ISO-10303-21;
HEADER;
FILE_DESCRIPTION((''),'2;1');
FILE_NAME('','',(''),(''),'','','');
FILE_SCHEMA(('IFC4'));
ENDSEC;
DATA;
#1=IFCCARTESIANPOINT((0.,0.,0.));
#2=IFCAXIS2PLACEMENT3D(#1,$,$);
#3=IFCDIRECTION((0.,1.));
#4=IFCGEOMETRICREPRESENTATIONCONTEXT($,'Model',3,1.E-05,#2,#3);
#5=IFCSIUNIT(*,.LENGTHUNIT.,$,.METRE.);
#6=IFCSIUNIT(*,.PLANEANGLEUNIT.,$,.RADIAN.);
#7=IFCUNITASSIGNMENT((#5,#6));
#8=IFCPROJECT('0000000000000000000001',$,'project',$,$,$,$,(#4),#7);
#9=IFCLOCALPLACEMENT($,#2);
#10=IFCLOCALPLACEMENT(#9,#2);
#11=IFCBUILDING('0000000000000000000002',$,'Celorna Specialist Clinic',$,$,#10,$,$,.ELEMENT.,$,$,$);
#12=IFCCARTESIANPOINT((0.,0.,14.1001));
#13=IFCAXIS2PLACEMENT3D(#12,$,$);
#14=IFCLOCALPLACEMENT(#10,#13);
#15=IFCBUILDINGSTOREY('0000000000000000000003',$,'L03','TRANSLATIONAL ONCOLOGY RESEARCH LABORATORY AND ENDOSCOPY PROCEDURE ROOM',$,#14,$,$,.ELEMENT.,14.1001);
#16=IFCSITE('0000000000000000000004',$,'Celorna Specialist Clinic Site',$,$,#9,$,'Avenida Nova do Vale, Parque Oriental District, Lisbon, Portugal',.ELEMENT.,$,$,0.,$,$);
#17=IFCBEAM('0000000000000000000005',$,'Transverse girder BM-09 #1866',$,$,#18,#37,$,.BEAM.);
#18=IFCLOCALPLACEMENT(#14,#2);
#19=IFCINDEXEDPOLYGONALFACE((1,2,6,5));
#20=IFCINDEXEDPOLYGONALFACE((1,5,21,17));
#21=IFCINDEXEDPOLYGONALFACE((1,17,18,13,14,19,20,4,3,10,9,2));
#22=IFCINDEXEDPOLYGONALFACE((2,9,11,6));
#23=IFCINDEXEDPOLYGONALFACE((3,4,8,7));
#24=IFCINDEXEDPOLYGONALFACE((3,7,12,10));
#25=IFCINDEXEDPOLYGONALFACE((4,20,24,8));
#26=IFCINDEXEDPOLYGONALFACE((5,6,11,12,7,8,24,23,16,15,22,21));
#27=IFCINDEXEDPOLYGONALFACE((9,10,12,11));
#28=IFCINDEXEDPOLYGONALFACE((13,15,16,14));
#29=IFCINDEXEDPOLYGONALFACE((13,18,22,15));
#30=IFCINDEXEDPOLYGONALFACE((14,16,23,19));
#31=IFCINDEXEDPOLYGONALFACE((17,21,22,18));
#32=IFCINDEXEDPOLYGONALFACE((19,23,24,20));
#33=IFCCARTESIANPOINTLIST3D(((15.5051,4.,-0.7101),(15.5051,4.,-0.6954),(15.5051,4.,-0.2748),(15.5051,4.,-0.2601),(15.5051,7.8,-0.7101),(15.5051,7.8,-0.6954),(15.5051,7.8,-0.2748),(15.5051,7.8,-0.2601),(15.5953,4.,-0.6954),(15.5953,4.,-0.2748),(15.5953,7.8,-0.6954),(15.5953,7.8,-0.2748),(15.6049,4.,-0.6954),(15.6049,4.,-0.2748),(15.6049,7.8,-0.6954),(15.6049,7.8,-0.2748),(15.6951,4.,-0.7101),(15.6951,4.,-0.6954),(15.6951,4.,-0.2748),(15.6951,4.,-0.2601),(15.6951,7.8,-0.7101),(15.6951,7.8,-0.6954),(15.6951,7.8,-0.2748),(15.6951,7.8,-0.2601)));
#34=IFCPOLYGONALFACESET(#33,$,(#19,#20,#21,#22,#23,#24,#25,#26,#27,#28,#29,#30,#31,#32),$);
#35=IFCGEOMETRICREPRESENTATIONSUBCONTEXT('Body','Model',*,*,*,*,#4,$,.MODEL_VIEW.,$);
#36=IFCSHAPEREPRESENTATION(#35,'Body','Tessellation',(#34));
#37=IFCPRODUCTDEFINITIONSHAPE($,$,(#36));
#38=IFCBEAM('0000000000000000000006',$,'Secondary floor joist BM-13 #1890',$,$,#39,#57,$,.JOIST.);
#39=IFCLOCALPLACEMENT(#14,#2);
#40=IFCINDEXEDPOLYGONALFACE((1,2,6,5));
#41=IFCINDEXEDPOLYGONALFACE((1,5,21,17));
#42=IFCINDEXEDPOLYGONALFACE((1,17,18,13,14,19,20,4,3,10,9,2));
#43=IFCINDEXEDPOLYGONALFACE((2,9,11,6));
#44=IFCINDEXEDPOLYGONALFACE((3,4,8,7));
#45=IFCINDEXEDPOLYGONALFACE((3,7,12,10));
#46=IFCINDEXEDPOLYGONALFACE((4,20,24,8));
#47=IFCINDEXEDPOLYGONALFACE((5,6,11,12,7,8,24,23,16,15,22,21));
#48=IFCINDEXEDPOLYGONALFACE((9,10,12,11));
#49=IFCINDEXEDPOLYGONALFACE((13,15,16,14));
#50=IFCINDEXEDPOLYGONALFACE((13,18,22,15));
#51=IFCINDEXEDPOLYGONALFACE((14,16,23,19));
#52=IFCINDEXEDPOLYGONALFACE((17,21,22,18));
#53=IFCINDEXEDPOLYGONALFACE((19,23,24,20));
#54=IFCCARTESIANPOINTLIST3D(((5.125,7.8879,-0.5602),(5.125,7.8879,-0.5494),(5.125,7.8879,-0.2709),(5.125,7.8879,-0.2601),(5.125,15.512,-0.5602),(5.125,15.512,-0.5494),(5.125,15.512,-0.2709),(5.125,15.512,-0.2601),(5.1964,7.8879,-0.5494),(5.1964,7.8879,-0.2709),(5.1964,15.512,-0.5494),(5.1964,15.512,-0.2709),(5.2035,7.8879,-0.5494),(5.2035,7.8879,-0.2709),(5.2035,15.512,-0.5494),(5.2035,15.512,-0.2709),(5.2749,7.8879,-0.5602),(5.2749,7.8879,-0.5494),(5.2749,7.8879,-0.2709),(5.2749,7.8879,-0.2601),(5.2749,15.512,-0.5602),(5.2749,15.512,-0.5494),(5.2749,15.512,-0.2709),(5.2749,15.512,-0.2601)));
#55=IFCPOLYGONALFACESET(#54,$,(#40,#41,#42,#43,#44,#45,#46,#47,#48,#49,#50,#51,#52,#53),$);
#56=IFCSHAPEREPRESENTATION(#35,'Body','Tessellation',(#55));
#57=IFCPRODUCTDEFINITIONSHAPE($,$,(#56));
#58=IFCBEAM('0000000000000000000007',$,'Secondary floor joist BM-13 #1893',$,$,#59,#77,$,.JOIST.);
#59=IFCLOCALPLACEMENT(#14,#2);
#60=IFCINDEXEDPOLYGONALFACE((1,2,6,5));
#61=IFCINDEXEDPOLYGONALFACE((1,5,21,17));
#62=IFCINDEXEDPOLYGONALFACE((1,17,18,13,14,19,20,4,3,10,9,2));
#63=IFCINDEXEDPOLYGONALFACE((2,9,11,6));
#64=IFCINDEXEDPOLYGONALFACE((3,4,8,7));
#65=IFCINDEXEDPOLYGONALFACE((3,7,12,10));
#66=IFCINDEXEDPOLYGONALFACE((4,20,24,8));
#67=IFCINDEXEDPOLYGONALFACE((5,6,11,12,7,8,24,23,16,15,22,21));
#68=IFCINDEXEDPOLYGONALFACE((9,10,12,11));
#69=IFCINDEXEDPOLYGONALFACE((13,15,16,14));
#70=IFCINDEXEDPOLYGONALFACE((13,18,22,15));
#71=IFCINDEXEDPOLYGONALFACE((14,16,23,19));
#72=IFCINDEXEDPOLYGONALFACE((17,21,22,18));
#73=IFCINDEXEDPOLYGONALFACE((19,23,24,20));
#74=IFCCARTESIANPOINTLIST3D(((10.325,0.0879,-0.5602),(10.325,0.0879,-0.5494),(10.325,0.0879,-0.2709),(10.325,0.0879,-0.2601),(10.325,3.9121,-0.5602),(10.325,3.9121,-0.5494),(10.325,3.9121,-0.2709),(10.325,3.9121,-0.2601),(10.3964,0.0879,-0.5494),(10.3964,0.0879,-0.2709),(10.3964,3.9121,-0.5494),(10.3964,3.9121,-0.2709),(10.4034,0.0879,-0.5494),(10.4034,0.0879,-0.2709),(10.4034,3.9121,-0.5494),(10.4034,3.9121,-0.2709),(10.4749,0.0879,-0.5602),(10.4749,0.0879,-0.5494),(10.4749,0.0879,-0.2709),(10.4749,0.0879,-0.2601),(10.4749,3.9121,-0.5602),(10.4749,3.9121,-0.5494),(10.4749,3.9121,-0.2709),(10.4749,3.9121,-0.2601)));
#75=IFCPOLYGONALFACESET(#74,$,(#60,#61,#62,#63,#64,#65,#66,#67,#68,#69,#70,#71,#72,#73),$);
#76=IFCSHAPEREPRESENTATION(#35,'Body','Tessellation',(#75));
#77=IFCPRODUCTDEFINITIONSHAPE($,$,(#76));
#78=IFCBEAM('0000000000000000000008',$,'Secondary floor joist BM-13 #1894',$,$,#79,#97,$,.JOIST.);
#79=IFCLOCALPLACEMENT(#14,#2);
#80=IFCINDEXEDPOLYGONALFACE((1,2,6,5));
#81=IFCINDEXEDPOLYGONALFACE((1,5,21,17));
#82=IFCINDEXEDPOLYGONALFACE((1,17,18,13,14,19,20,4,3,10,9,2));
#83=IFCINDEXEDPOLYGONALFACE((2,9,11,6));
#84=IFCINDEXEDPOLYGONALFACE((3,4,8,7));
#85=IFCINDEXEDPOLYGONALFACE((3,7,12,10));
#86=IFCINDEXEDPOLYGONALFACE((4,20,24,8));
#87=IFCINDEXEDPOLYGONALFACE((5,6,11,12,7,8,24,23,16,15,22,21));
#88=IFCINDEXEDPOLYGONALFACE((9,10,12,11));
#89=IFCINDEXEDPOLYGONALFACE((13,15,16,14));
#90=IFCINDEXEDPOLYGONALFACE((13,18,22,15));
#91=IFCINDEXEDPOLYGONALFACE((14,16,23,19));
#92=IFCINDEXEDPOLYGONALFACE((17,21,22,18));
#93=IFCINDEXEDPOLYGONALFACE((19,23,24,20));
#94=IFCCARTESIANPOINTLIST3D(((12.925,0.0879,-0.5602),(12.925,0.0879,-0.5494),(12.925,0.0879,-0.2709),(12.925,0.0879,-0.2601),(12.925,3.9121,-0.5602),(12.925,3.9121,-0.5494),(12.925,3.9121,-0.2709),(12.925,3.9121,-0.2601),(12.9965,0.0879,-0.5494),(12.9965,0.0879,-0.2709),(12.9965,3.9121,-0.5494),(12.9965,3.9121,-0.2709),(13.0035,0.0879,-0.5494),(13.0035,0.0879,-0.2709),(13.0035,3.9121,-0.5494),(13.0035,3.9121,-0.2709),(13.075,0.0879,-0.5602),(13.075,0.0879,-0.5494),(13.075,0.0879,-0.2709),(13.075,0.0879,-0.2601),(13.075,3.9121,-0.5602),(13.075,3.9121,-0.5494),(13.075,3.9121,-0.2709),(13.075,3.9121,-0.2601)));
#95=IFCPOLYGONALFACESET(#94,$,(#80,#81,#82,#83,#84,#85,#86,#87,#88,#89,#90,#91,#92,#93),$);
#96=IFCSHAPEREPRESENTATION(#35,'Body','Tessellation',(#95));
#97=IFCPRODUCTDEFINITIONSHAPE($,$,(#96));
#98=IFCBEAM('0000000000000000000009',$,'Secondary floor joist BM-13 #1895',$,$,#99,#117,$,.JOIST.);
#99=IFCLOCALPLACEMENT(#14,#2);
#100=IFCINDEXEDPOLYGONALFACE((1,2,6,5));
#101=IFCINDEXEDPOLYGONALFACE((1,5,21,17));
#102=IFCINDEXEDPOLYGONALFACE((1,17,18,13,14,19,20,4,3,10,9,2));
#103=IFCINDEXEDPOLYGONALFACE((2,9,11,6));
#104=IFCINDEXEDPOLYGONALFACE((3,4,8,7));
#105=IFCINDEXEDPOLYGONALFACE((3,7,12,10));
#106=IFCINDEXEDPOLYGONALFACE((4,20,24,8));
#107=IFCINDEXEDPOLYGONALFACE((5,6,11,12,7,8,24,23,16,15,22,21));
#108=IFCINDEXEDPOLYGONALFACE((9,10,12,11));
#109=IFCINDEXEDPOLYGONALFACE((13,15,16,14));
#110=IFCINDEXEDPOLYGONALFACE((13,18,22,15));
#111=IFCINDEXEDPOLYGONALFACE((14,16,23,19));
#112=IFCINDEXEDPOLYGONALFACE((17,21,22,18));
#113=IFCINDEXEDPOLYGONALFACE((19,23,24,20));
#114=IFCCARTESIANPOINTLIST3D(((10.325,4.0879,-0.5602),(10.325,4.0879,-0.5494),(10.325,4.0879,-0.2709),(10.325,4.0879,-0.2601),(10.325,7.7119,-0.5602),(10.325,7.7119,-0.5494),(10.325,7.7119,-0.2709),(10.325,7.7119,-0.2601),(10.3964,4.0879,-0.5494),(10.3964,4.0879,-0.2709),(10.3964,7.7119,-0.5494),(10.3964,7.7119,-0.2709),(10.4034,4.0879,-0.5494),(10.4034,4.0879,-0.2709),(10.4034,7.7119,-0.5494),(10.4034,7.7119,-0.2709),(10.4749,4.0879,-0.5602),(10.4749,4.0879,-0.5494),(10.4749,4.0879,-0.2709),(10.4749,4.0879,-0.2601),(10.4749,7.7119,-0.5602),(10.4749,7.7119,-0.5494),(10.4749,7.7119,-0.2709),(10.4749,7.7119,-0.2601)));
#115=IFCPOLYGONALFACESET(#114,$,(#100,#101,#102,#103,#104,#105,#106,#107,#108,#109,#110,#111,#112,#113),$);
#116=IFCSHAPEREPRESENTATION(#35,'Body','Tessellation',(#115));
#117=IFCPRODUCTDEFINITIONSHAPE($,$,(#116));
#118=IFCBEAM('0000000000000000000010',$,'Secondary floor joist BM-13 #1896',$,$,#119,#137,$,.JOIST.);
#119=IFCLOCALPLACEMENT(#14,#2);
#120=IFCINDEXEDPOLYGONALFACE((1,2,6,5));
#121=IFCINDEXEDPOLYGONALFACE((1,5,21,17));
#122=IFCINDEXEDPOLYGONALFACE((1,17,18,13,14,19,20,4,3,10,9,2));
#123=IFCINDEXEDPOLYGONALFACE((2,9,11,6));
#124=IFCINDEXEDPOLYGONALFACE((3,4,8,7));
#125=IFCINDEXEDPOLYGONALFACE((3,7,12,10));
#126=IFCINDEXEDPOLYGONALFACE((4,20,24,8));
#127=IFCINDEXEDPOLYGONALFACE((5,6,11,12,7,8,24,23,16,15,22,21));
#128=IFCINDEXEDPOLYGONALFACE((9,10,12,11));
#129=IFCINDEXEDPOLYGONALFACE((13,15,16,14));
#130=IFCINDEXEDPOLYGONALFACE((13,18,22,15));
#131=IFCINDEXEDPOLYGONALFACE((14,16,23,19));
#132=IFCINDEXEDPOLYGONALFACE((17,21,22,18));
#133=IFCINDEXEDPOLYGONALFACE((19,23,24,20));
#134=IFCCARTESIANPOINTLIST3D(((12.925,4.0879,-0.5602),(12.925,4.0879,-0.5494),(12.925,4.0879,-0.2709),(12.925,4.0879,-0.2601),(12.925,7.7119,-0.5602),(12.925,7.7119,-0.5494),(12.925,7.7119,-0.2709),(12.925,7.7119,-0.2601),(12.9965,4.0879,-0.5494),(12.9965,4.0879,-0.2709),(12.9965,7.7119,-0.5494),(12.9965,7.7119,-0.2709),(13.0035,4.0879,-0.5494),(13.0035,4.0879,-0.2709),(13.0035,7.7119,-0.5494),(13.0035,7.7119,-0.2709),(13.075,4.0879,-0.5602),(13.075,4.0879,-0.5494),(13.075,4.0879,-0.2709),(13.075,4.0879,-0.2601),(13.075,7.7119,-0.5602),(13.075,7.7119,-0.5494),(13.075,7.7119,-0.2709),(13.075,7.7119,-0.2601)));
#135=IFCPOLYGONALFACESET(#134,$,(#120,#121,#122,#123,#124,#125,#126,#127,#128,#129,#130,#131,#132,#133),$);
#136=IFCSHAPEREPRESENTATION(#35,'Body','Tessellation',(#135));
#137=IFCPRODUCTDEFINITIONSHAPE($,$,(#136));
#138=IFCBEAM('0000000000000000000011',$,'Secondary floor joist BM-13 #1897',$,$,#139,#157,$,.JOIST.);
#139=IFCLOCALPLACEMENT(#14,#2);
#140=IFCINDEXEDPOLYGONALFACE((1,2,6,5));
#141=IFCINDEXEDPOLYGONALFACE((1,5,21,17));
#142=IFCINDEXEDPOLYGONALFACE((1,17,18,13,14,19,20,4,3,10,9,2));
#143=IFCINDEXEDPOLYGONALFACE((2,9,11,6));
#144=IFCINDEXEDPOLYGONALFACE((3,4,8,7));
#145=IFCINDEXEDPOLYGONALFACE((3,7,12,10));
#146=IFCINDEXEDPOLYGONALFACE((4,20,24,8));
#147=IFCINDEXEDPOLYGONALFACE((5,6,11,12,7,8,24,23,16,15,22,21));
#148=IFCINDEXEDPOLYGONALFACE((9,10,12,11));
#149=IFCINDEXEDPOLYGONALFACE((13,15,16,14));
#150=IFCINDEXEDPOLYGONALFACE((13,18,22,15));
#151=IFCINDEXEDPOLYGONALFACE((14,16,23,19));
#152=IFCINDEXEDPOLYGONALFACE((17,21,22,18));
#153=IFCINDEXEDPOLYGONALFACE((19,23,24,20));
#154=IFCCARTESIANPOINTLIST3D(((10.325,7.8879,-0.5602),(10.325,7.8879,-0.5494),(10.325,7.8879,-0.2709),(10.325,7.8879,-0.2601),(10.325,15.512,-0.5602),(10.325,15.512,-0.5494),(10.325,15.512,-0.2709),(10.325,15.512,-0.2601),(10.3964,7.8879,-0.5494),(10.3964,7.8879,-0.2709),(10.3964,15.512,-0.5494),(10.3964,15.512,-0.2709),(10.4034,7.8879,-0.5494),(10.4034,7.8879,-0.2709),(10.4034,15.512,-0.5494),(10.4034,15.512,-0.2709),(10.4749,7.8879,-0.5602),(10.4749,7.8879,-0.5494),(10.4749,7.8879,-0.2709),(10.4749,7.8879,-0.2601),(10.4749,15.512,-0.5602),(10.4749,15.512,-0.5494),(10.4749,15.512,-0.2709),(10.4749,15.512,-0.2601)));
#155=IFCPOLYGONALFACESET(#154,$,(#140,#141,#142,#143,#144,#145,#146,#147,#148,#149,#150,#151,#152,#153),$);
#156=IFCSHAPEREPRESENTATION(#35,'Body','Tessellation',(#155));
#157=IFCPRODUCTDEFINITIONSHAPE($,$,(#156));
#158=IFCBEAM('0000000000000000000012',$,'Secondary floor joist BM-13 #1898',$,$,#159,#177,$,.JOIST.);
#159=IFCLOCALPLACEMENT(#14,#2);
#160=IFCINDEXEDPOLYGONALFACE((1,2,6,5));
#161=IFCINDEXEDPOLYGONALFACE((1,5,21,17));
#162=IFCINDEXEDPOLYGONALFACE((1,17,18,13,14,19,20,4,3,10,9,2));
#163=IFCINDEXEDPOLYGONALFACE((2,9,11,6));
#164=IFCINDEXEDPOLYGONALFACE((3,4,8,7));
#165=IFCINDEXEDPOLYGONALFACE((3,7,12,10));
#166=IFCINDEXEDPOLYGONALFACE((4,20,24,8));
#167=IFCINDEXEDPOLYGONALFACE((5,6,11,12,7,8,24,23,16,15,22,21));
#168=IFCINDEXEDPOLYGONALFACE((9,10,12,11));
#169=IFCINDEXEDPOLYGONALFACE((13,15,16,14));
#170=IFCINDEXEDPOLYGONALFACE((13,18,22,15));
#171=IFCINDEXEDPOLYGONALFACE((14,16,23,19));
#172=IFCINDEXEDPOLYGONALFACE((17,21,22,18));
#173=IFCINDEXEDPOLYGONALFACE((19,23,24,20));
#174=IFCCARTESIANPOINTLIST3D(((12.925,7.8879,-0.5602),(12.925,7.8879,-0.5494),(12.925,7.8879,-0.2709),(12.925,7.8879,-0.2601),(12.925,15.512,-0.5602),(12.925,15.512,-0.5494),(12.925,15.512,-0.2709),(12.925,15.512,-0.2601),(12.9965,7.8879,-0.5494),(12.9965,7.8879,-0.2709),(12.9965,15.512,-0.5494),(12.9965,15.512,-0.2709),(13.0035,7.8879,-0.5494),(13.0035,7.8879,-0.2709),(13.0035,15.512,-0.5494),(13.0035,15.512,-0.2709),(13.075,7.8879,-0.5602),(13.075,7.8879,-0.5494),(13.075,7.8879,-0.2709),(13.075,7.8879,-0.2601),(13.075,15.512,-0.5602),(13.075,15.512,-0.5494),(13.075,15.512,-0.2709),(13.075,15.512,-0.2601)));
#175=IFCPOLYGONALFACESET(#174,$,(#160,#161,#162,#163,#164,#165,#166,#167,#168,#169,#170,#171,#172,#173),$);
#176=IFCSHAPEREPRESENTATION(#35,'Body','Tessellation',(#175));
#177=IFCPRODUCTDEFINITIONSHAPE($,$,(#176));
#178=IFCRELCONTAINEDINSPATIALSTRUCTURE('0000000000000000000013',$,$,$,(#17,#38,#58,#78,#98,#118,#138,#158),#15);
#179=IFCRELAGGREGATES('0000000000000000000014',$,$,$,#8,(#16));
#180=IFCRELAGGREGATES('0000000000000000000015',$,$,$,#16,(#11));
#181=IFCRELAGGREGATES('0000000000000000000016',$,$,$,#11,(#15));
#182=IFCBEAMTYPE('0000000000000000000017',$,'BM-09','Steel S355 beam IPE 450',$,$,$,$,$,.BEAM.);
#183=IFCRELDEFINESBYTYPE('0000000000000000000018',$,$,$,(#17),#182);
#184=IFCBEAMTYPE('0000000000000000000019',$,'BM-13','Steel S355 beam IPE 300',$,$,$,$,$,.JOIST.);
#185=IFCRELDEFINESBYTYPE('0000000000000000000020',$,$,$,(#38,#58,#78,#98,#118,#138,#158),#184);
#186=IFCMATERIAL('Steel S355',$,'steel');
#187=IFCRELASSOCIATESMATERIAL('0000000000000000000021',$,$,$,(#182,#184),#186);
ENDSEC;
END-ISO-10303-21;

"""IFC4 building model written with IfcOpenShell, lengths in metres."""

from ifc_helpers import new_model, si_unit, direction, frame, origin, origin_2d, place, context, subcontext, project, spatial, i_section, extrude, material, material_profile, profile_set, type_object, element, save


model = new_model("IFC4")

# Units and contexts
model_context = context("Model", 3, precision=1e-05, world=origin(), true_north=direction((0.0, 1.0)))
body_context = subcontext(model_context, "Body", "Model", "MODEL_VIEW")
ifc_project = project(units=[si_unit("LENGTHUNIT", "METRE"), si_unit("PLANEANGLEUNIT", "RADIAN")], contexts=[model_context])

# Site, building, storey
site_placement = place(None, origin())
site = spatial("IfcSite", under=ifc_project, at=site_placement, Name="Celorna Specialist Clinic Site", LongName="Avenida Nova do Vale, Parque Oriental District, Lisbon, Portugal", CompositionType="ELEMENT", RefElevation=0.0)
building_placement = place(site_placement, origin())
building = spatial("IfcBuilding", under=site, at=building_placement, Name="Celorna Specialist Clinic", CompositionType="ELEMENT")
storey_placement = place(building_placement, frame((0.0, 0.0, 14.1001)))
storey = spatial("IfcBuildingStorey", under=building, at=storey_placement, Name="L03", Description="TRANSLATIONAL ONCOLOGY RESEARCH LABORATORY AND ENDOSCOPY PROCEDURE ROOM", CompositionType="ELEMENT", Elevation=14.1001)

# Beams
ifc_material_1 = material(Name="Steel S355", Category="steel")
ifc_material_profile_1 = material_profile(ifc_material_1, i_section(OverallWidth=0.1899, OverallDepth=0.45, WebThickness=0.0095, FlangeThickness=0.0146, at=origin_2d()), Name="IPE 450")
ifc_profile_set_1 = profile_set([ifc_material_profile_1], Name="Steel S355")
beam_type_1 = type_object("IfcBeamType", Name="BM-09", Description="Steel S355 beam IPE 450", PredefinedType="BEAM", material=ifc_profile_set_1)
beam_1_placement = place(storey_placement, frame((15.6001, 4.0, -0.4851), z_axis=(0.0, 1.0, 0.0), x_axis=(-1.0, 0.0, 0.0)))
element("IfcBeam", 1, at=beam_1_placement, inside=storey, type_object=beam_type_1, Name="Transverse girder BM-09 #1866", PredefinedType="BEAM", context=body_context, shape_type="SweptSolid", body=[
    extrude(i_section(OverallWidth=0.1899, OverallDepth=0.45, WebThickness=0.0095, FlangeThickness=0.0146, at=origin_2d()), origin(), (0.0, 0.0, 1.0), 3.8),
])
ifc_material_profile_2 = material_profile(ifc_material_1, i_section(OverallWidth=0.1499, OverallDepth=0.3, WebThickness=0.0071, FlangeThickness=0.0107, at=origin_2d()), Name="IPE 300")
ifc_profile_set_2 = profile_set([ifc_material_profile_2], Name="Steel S355")
beam_type_2 = type_object("IfcBeamType", Name="BM-13", Description="Steel S355 beam IPE 300", PredefinedType="JOIST", material=ifc_profile_set_2)
beam_2_placement = place(storey_placement, frame((5.2, 7.8879, -0.4102), z_axis=(0.0, 1.0, 0.0), x_axis=(-1.0, 0.0, 0.0)))
element("IfcBeam", 2, at=beam_2_placement, inside=storey, type_object=beam_type_2, Name="Secondary floor joist BM-13 #1890", PredefinedType="JOIST", context=body_context, shape_type="SweptSolid", body=[
    extrude(i_section(OverallWidth=0.1499, OverallDepth=0.3, WebThickness=0.0071, FlangeThickness=0.0107, at=origin_2d()), origin(), (0.0, 0.0, 1.0), 7.624),
])
for number, where, z_axis, x_axis, name in (
    (3, (10.3999, 0.0879, -0.4102), (0.0, 1.0, 0.0), (-1.0, 0.0, 0.0), "Secondary floor joist BM-13 #1893"),
    (4, (13.0, 0.0879, -0.4102), (0.0, 1.0, 0.0), (-1.0, 0.0, 0.0), "Secondary floor joist BM-13 #1894"),
):
    element("IfcBeam", number, at=place(storey_placement, frame(where, z_axis=z_axis, x_axis=x_axis)), inside=storey, type_object=beam_type_2, Name=name, PredefinedType="JOIST", context=body_context, shape_type="SweptSolid", body=[
        extrude(i_section(OverallWidth=0.1499, OverallDepth=0.3, WebThickness=0.0071, FlangeThickness=0.0107, at=origin_2d()), origin(), (0.0, 0.0, 1.0), 3.8242),
    ])
for number, where, z_axis, x_axis, name in (
    (5, (10.3999, 4.0879, -0.4102), (0.0, 1.0, 0.0), (-1.0, 0.0, 0.0), "Secondary floor joist BM-13 #1895"),
    (6, (13.0, 4.0879, -0.4102), (0.0, 1.0, 0.0), (-1.0, 0.0, 0.0), "Secondary floor joist BM-13 #1896"),
):
    element("IfcBeam", number, at=place(storey_placement, frame(where, z_axis=z_axis, x_axis=x_axis)), inside=storey, type_object=beam_type_2, Name=name, PredefinedType="JOIST", context=body_context, shape_type="SweptSolid", body=[
        extrude(i_section(OverallWidth=0.1499, OverallDepth=0.3, WebThickness=0.0071, FlangeThickness=0.0107, at=origin_2d()), origin(), (0.0, 0.0, 1.0), 3.624),
    ])
for number, where, z_axis, x_axis, name in (
    (7, (10.3999, 7.8879, -0.4102), (0.0, 1.0, 0.0), (-1.0, 0.0, 0.0), "Secondary floor joist BM-13 #1897"),
    (8, (13.0, 7.8879, -0.4102), (0.0, 1.0, 0.0), (-1.0, 0.0, 0.0), "Secondary floor joist BM-13 #1898"),
):
    element("IfcBeam", number, at=place(storey_placement, frame(where, z_axis=z_axis, x_axis=x_axis)), inside=storey, type_object=beam_type_2, Name=name, PredefinedType="JOIST", context=body_context, shape_type="SweptSolid", body=[
        extrude(i_section(OverallWidth=0.1499, OverallDepth=0.3, WebThickness=0.0071, FlangeThickness=0.0107, at=origin_2d()), origin(), (0.0, 0.0, 1.0), 7.624),
    ])

save(model, "model.ifc")
